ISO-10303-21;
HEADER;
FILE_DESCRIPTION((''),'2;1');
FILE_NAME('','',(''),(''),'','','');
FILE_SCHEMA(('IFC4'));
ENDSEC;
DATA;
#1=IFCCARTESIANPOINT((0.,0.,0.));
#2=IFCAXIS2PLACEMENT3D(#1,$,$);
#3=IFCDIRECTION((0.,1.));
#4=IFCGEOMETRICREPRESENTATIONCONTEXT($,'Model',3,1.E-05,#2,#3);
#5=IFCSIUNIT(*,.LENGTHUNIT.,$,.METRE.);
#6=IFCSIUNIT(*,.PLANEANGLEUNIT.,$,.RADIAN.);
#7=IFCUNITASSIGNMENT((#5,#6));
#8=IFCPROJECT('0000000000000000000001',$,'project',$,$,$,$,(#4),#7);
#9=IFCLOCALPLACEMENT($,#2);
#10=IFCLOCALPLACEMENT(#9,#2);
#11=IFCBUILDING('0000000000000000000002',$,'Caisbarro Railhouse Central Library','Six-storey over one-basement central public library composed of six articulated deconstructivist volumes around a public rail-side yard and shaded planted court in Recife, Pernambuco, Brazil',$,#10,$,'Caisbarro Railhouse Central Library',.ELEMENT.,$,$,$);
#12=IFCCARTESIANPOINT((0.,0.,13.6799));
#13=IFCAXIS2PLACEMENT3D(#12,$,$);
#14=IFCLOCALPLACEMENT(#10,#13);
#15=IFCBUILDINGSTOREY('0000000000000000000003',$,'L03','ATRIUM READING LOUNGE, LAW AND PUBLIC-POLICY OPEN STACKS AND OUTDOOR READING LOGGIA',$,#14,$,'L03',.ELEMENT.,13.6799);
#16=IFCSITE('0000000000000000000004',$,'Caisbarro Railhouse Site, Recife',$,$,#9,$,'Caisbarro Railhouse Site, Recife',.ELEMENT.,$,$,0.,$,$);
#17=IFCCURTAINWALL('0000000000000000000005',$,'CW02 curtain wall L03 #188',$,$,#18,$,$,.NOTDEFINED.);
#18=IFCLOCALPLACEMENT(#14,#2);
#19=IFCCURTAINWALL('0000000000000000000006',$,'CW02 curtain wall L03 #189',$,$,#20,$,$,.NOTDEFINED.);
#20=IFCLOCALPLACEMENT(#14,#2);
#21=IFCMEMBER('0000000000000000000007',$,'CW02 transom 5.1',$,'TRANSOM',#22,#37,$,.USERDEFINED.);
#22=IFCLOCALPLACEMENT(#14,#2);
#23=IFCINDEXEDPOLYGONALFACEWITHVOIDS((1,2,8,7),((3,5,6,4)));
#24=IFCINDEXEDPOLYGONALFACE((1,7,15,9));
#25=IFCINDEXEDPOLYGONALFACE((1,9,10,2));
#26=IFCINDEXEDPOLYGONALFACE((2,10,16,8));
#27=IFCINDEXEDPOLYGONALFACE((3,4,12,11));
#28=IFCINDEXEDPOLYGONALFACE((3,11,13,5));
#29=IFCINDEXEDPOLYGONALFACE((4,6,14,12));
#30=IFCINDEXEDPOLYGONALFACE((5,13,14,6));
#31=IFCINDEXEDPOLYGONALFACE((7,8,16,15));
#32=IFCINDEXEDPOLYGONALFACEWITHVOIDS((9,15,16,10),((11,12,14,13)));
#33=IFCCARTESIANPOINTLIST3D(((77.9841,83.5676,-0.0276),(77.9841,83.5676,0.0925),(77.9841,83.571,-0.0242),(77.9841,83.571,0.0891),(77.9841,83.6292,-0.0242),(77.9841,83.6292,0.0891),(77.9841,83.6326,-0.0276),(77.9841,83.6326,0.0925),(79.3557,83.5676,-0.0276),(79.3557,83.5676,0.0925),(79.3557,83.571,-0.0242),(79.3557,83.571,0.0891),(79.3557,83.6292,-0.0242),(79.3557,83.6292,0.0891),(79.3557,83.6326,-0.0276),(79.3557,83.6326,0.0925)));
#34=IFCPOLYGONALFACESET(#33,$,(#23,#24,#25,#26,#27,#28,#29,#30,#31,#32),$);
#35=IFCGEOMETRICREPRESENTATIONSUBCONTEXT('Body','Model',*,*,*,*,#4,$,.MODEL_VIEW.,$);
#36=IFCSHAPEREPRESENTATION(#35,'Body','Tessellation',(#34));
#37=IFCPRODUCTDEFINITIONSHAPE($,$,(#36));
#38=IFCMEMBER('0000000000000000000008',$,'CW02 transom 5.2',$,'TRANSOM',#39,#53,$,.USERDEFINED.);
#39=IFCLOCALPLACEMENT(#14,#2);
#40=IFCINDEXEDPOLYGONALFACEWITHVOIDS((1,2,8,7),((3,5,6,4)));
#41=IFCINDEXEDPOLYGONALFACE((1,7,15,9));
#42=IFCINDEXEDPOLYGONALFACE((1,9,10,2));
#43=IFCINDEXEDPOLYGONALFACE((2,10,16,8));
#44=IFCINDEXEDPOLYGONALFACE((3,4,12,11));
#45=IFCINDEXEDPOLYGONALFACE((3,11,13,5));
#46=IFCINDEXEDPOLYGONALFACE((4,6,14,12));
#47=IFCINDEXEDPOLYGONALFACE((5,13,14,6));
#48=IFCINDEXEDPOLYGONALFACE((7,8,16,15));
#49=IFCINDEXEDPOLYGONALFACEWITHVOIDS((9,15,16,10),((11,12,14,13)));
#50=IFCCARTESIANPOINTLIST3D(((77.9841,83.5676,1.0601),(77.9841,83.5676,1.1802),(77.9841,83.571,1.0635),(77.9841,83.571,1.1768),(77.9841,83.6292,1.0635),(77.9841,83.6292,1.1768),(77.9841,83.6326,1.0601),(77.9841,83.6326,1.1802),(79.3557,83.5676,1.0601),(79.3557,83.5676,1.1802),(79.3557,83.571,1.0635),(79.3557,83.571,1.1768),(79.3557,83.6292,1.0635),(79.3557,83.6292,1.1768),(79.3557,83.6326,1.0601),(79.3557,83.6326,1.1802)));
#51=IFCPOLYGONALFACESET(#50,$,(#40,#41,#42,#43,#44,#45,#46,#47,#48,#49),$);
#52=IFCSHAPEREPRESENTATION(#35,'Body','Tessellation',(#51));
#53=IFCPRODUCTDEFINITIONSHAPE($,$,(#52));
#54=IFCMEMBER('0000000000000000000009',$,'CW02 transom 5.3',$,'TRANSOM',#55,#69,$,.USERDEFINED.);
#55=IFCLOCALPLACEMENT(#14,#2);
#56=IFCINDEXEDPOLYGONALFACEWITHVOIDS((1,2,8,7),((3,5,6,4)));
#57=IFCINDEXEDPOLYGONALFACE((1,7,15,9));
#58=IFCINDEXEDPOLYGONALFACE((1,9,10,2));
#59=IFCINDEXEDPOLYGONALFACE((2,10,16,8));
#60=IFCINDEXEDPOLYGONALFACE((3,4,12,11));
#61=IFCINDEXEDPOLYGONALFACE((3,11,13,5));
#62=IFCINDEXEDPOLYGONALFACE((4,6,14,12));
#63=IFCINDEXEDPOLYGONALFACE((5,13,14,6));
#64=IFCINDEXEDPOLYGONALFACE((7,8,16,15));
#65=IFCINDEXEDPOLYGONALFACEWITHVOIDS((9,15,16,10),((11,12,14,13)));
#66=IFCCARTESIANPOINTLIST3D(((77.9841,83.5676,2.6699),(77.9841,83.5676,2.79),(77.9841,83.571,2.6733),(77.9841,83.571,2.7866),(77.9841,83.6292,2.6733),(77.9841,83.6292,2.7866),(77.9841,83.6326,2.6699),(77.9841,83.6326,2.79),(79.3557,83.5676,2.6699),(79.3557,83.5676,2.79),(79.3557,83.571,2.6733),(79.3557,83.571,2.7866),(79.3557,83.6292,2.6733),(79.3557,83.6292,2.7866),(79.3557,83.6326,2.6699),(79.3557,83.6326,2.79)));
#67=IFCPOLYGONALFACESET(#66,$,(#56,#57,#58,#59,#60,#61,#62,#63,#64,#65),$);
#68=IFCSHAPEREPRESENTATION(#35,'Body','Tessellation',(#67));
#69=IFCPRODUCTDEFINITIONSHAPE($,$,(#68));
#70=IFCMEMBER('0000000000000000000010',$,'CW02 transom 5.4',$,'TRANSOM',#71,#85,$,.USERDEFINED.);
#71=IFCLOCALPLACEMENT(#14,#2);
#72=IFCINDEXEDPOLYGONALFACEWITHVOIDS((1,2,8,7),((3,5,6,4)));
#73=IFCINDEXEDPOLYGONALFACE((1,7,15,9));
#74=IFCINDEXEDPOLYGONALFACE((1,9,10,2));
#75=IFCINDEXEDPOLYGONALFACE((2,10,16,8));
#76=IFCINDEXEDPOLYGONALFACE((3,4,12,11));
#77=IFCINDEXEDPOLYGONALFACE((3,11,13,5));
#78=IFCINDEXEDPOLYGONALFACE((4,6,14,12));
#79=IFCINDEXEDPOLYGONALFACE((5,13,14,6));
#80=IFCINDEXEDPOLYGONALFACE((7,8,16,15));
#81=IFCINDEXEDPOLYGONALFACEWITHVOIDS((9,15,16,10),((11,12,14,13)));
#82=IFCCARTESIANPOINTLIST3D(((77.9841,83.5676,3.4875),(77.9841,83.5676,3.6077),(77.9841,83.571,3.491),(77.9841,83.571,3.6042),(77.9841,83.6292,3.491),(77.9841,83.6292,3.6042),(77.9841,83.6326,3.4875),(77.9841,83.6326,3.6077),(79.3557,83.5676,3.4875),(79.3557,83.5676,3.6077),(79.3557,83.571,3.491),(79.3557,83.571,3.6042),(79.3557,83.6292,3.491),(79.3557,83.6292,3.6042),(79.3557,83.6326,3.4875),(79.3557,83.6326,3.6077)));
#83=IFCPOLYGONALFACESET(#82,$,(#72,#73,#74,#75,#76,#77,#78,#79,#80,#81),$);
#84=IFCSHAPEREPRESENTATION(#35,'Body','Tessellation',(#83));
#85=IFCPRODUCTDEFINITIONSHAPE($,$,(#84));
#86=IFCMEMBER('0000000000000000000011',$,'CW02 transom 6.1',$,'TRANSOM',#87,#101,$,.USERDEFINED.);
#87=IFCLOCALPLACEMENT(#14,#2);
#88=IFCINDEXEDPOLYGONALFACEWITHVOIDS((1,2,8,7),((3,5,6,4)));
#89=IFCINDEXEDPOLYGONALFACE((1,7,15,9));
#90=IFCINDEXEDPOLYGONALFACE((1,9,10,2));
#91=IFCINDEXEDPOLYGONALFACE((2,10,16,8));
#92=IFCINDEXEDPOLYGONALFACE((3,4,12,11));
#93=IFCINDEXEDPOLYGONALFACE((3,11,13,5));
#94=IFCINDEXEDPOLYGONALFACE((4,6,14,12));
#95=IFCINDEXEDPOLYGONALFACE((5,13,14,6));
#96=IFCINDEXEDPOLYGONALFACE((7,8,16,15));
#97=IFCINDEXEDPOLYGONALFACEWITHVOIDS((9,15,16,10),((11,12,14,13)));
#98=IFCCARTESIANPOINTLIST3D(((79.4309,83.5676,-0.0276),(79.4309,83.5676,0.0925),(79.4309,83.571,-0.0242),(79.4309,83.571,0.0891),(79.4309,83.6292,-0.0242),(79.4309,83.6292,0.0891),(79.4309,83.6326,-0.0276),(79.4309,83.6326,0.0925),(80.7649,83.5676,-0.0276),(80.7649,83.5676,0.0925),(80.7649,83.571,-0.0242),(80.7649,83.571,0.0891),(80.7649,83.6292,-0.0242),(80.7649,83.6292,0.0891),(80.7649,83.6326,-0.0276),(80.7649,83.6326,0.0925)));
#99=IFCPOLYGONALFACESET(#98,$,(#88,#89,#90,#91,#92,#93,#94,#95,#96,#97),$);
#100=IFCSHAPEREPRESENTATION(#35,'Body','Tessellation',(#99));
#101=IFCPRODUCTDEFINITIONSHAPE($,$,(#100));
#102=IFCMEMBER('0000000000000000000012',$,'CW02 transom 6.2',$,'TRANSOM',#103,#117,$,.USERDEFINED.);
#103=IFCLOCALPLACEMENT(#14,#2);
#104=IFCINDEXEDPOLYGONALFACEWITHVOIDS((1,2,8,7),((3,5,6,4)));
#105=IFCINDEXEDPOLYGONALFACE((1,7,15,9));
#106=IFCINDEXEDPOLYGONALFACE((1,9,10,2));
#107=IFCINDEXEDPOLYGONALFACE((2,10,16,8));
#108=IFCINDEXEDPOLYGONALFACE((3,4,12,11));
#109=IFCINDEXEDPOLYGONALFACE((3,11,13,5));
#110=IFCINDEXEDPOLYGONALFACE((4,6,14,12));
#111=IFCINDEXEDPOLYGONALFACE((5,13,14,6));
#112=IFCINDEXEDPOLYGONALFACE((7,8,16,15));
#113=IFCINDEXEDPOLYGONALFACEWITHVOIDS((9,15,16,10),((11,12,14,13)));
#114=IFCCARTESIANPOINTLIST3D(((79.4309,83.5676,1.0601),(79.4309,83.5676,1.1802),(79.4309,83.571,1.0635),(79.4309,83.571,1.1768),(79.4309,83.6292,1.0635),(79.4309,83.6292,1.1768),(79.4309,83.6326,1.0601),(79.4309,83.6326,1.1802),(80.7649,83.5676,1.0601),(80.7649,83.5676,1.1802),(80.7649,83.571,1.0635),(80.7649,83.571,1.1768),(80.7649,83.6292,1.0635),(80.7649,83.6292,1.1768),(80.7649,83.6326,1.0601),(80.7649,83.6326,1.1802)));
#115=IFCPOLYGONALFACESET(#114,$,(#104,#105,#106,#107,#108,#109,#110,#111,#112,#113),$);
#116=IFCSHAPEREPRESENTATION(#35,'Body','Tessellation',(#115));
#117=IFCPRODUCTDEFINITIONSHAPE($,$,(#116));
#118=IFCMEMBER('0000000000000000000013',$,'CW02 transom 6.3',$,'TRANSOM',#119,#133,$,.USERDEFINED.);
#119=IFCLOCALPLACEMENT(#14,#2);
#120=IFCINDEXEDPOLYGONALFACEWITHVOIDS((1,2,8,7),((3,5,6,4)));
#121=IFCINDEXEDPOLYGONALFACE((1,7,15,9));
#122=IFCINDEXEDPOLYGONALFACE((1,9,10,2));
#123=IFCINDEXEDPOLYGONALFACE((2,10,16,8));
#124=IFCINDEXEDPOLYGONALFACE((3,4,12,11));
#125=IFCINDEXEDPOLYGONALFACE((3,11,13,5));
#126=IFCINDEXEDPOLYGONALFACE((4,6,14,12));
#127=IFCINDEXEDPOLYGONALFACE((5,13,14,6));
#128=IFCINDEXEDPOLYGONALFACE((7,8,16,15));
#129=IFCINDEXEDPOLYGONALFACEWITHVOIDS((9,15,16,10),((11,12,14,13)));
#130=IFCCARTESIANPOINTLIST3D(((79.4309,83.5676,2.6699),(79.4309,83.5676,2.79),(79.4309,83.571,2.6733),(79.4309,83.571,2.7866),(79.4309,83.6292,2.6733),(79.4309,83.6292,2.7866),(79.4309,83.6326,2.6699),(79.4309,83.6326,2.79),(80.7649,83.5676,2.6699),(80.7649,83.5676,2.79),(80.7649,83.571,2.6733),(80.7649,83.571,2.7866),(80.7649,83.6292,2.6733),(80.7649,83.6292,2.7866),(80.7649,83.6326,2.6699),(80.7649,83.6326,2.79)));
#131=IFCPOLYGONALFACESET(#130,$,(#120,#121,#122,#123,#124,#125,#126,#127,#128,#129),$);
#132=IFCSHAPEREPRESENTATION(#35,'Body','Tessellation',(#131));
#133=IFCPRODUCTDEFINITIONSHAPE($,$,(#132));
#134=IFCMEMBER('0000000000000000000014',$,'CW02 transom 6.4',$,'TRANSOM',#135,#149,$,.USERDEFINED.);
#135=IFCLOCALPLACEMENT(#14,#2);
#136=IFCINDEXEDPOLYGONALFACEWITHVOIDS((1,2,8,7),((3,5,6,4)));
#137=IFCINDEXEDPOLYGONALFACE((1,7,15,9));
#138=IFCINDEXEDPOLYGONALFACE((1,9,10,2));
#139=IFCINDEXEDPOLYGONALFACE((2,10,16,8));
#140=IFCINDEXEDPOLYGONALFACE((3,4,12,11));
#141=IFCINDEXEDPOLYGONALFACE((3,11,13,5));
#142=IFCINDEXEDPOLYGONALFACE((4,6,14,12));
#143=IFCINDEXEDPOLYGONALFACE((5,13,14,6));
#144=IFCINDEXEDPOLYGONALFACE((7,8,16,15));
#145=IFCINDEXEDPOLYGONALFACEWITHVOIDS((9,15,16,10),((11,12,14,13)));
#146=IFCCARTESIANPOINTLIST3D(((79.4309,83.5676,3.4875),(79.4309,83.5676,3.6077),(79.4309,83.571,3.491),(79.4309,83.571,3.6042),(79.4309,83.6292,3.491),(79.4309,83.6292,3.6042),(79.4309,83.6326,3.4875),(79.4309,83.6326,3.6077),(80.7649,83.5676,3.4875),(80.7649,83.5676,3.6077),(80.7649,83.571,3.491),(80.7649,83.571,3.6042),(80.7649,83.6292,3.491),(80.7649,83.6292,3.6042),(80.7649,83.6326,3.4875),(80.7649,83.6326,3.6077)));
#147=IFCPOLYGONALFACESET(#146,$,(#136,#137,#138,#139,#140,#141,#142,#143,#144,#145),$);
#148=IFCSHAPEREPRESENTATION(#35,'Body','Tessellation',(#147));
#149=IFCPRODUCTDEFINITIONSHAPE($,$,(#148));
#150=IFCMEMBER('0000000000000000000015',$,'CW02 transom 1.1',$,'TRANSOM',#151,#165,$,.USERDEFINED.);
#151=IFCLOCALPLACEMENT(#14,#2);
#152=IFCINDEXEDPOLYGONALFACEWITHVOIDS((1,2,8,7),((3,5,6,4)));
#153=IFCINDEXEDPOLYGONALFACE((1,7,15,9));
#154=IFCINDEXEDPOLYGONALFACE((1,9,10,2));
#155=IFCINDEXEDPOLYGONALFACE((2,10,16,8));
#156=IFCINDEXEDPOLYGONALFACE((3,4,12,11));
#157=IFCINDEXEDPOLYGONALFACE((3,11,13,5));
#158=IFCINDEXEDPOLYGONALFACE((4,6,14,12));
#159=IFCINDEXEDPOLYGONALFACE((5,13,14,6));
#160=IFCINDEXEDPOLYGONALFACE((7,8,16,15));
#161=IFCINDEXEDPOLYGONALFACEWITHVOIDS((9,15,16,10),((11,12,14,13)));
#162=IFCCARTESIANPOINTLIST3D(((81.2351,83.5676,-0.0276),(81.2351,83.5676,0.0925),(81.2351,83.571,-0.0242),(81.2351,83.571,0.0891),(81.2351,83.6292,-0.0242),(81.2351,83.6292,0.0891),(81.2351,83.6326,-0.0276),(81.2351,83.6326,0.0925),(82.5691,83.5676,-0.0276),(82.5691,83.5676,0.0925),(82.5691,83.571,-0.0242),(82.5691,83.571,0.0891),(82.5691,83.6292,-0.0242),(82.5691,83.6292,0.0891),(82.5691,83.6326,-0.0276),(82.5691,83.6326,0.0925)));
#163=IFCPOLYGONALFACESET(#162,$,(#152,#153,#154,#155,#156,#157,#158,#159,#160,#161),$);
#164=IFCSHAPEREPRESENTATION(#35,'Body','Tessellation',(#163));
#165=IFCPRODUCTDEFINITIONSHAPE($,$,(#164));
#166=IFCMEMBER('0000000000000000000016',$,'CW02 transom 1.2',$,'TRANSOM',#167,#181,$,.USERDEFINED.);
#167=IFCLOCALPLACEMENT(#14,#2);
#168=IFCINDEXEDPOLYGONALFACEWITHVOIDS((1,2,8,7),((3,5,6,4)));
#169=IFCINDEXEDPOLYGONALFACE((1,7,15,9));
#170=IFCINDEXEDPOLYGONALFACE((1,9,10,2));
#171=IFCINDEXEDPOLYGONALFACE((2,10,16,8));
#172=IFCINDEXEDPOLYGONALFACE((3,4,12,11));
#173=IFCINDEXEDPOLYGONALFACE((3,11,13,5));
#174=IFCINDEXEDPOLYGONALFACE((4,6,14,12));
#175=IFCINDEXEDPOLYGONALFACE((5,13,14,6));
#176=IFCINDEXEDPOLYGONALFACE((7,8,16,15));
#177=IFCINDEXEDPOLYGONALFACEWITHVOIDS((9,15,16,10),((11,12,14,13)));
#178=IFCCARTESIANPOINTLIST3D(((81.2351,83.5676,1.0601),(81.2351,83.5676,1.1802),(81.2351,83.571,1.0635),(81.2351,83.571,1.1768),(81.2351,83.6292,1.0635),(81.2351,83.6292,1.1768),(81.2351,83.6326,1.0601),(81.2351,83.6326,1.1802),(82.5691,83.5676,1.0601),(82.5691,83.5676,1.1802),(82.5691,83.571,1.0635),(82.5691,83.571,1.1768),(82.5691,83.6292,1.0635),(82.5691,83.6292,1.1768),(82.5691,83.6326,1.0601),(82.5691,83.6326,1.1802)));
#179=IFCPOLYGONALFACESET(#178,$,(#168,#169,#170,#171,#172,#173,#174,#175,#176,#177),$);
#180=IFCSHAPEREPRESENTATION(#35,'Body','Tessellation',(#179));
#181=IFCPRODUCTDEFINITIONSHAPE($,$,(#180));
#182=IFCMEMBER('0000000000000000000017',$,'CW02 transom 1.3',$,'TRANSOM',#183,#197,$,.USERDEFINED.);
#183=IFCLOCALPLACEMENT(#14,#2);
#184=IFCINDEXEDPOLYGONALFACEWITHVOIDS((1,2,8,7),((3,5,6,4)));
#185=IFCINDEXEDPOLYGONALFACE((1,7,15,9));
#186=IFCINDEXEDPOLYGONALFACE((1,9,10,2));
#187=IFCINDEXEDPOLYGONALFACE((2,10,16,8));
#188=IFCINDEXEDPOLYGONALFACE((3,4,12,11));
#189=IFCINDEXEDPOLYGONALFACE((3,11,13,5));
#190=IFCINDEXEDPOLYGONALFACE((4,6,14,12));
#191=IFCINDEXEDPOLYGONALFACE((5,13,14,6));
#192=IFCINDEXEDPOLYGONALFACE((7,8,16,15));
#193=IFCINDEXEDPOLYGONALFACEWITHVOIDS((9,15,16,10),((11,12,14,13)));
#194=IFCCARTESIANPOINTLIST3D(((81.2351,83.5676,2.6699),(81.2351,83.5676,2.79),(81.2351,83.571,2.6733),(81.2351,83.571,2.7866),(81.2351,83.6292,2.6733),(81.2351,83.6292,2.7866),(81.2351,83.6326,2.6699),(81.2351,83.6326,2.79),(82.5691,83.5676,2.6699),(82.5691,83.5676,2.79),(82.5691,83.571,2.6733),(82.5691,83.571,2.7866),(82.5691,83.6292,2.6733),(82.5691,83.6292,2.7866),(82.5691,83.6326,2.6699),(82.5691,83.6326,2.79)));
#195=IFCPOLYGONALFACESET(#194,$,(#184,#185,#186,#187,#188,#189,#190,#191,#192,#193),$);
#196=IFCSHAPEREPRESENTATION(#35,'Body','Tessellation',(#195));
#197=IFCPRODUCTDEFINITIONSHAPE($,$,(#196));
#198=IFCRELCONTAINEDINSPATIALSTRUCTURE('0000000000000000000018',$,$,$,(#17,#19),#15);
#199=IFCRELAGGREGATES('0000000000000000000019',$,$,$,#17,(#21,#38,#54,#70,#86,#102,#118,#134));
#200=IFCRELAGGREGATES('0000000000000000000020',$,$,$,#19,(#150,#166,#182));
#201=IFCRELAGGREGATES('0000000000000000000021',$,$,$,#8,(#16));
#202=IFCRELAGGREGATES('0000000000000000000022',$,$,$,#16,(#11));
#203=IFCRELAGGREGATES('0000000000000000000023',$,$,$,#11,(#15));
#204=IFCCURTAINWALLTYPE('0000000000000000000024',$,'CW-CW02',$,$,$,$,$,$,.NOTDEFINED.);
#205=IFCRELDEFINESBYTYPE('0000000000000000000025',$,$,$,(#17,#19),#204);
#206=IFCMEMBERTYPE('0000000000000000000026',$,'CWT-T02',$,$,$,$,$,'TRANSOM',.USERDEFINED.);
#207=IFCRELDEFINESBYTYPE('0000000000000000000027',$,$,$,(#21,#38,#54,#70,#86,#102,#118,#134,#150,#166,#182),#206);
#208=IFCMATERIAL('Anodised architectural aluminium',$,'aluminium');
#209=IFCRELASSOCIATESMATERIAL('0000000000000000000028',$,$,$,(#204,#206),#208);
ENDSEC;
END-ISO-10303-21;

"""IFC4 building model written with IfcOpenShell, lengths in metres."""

from ifc_helpers import new_model, si_unit, direction, frame, origin, origin_2d, place, context, subcontext, project, spatial, hollow_rectangle, extrude, material, material_profile, profile_set, type_object, element, aggregate, save


model = new_model("IFC4")

# Units and contexts
model_context = context("Model", 3, precision=1e-05, world=origin(), true_north=direction((0.0, 1.0)))
body_context = subcontext(model_context, "Body", "Model", "MODEL_VIEW")
ifc_project = project(units=[si_unit("LENGTHUNIT", "METRE"), si_unit("PLANEANGLEUNIT", "RADIAN")], contexts=[model_context])

# Site, building, storey
site_placement = place(None, origin())
site = spatial("IfcSite", under=ifc_project, at=site_placement, Name="Caisbarro Railhouse Site, Recife", LongName="Caisbarro Railhouse Site, Recife", CompositionType="ELEMENT", RefElevation=0.0)
building_placement = place(site_placement, origin())
building = spatial("IfcBuilding", under=site, at=building_placement, Name="Caisbarro Railhouse Central Library", Description="Six-storey over one-basement central public library composed of six articulated deconstructivist volumes around a public rail-side yard and shaded planted court in Recife, Pernambuco, Brazil", LongName="Caisbarro Railhouse Central Library", CompositionType="ELEMENT")
storey_placement = place(building_placement, frame((0.0, 0.0, 13.6799)))
storey = spatial("IfcBuildingStorey", under=building, at=storey_placement, Name="L03", Description="ATRIUM READING LOUNGE, LAW AND PUBLIC-POLICY OPEN STACKS AND OUTDOOR READING LOGGIA", LongName="L03", CompositionType="ELEMENT", Elevation=13.6799)

# Curtain walls
ifc_material_1 = material(Name="Anodised architectural aluminium", Category="aluminium")
curtain_wall_type = type_object("IfcCurtainWallType", Name="CW-CW02", PredefinedType="NOTDEFINED", material=ifc_material_1)
curtain_wall_1_placement = place(storey_placement, origin())
curtain_wall_1 = element("IfcCurtainWall", 1, at=curtain_wall_1_placement, inside=storey, type_object=curtain_wall_type, Name="CW02 curtain wall L03 #188", PredefinedType="NOTDEFINED")
curtain_wall_2_placement = place(storey_placement, origin())
curtain_wall_2 = element("IfcCurtainWall", 2, at=curtain_wall_2_placement, inside=storey, type_object=curtain_wall_type, Name="CW02 curtain wall L03 #189", PredefinedType="NOTDEFINED")

# Members
ifc_material_profile_1 = material_profile(ifc_material_1, hollow_rectangle(XDim=0.0649, YDim=0.1201, WallThickness=0.0034, at=origin_2d()), Name="ALU-TRN-65X120")
ifc_profile_set_1 = profile_set([ifc_material_profile_1], Name="Anodised architectural aluminium")
member_type_1 = type_object("IfcMemberType", Name="CWT-T02", ElementType="TRANSOM", PredefinedType="USERDEFINED", material=ifc_profile_set_1)
member_1_placement = place(storey_placement, frame((77.9841, 83.6001, 0.0325), z_axis=(1.0, 0.0, 0.0), x_axis=(0.0, 1.0, 0.0)))
member_1 = element("IfcMember", 3, at=member_1_placement, type_object=member_type_1, Name="CW02 transom 5.1", ObjectType="TRANSOM", PredefinedType="USERDEFINED", context=body_context, shape_type="SweptSolid", body=[
    extrude(hollow_rectangle(XDim=0.0649, YDim=0.1201, WallThickness=0.0034, at=origin_2d()), origin(), (0.0, 0.0, 1.0), 1.3716),
])
member_2_placement = place(storey_placement, frame((77.9841, 83.6001, 1.1201), z_axis=(1.0, 0.0, 0.0), x_axis=(0.0, 1.0, 0.0)))
member_2 = element("IfcMember", 4, at=member_2_placement, type_object=member_type_1, Name="CW02 transom 5.2", ObjectType="TRANSOM", PredefinedType="USERDEFINED", context=body_context, shape_type="SweptSolid", body=[
    extrude(hollow_rectangle(XDim=0.0649, YDim=0.1201, WallThickness=0.0034, at=origin_2d()), origin(), (0.0, 0.0, 1.0), 1.3716),
])
member_3_placement = place(storey_placement, frame((77.9841, 83.6001, 2.73), z_axis=(1.0, 0.0, 0.0), x_axis=(0.0, 1.0, 0.0)))
member_3 = element("IfcMember", 5, at=member_3_placement, type_object=member_type_1, Name="CW02 transom 5.3", ObjectType="TRANSOM", PredefinedType="USERDEFINED", context=body_context, shape_type="SweptSolid", body=[
    extrude(hollow_rectangle(XDim=0.0649, YDim=0.1201, WallThickness=0.0034, at=origin_2d()), origin(), (0.0, 0.0, 1.0), 1.3716),
])
member_4_placement = place(storey_placement, frame((77.9841, 83.6001, 3.5476), z_axis=(1.0, 0.0, 0.0), x_axis=(0.0, 1.0, 0.0)))
member_4 = element("IfcMember", 6, at=member_4_placement, type_object=member_type_1, Name="CW02 transom 5.4", ObjectType="TRANSOM", PredefinedType="USERDEFINED", context=body_context, shape_type="SweptSolid", body=[
    extrude(hollow_rectangle(XDim=0.0649, YDim=0.1201, WallThickness=0.0034, at=origin_2d()), origin(), (0.0, 0.0, 1.0), 1.3716),
])
member_5_placement = place(storey_placement, frame((79.4309, 83.6001, 0.0325), z_axis=(1.0, 0.0, 0.0), x_axis=(0.0, 1.0, 0.0)))
member_5 = element("IfcMember", 7, at=member_5_placement, type_object=member_type_1, Name="CW02 transom 6.1", ObjectType="TRANSOM", PredefinedType="USERDEFINED", context=body_context, shape_type="SweptSolid", body=[
    extrude(hollow_rectangle(XDim=0.0649, YDim=0.1201, WallThickness=0.0034, at=origin_2d()), origin(), (0.0, 0.0, 1.0), 1.334),
])
member_6_placement = place(storey_placement, frame((79.4309, 83.6001, 1.1201), z_axis=(1.0, 0.0, 0.0), x_axis=(0.0, 1.0, 0.0)))
member_6 = element("IfcMember", 8, at=member_6_placement, type_object=member_type_1, Name="CW02 transom 6.2", ObjectType="TRANSOM", PredefinedType="USERDEFINED", context=body_context, shape_type="SweptSolid", body=[
    extrude(hollow_rectangle(XDim=0.0649, YDim=0.1201, WallThickness=0.0034, at=origin_2d()), origin(), (0.0, 0.0, 1.0), 1.334),
])
member_7_placement = place(storey_placement, frame((79.4309, 83.6001, 2.73), z_axis=(1.0, 0.0, 0.0), x_axis=(0.0, 1.0, 0.0)))
member_7 = element("IfcMember", 9, at=member_7_placement, type_object=member_type_1, Name="CW02 transom 6.3", ObjectType="TRANSOM", PredefinedType="USERDEFINED", context=body_context, shape_type="SweptSolid", body=[
    extrude(hollow_rectangle(XDim=0.0649, YDim=0.1201, WallThickness=0.0034, at=origin_2d()), origin(), (0.0, 0.0, 1.0), 1.334),
])
member_8_placement = place(storey_placement, frame((79.4309, 83.6001, 3.5476), z_axis=(1.0, 0.0, 0.0), x_axis=(0.0, 1.0, 0.0)))
member_8 = element("IfcMember", 10, at=member_8_placement, type_object=member_type_1, Name="CW02 transom 6.4", ObjectType="TRANSOM", PredefinedType="USERDEFINED", context=body_context, shape_type="SweptSolid", body=[
    extrude(hollow_rectangle(XDim=0.0649, YDim=0.1201, WallThickness=0.0034, at=origin_2d()), origin(), (0.0, 0.0, 1.0), 1.334),
])
member_9_placement = place(storey_placement, frame((81.2351, 83.6001, 0.0325), z_axis=(1.0, 0.0, 0.0), x_axis=(0.0, 1.0, 0.0)))
member_9 = element("IfcMember", 11, at=member_9_placement, type_object=member_type_1, Name="CW02 transom 1.1", ObjectType="TRANSOM", PredefinedType="USERDEFINED", context=body_context, shape_type="SweptSolid", body=[
    extrude(hollow_rectangle(XDim=0.0649, YDim=0.1201, WallThickness=0.0034, at=origin_2d()), origin(), (0.0, 0.0, 1.0), 1.334),
])
member_10_placement = place(storey_placement, frame((81.2351, 83.6001, 1.1201), z_axis=(1.0, 0.0, 0.0), x_axis=(0.0, 1.0, 0.0)))
member_10 = element("IfcMember", 12, at=member_10_placement, type_object=member_type_1, Name="CW02 transom 1.2", ObjectType="TRANSOM", PredefinedType="USERDEFINED", context=body_context, shape_type="SweptSolid", body=[
    extrude(hollow_rectangle(XDim=0.0649, YDim=0.1201, WallThickness=0.0034, at=origin_2d()), origin(), (0.0, 0.0, 1.0), 1.334),
])
member_11_placement = place(storey_placement, frame((81.2351, 83.6001, 2.73), z_axis=(1.0, 0.0, 0.0), x_axis=(0.0, 1.0, 0.0)))
member_11 = element("IfcMember", 13, at=member_11_placement, type_object=member_type_1, Name="CW02 transom 1.3", ObjectType="TRANSOM", PredefinedType="USERDEFINED", context=body_context, shape_type="SweptSolid", body=[
    extrude(hollow_rectangle(XDim=0.0649, YDim=0.1201, WallThickness=0.0034, at=origin_2d()), origin(), (0.0, 0.0, 1.0), 1.334),
])

aggregate(curtain_wall_1, [member_1, member_2, member_3, member_4, member_5, member_6, member_7, member_8])
aggregate(curtain_wall_2, [member_9, member_10, member_11])

save(model, "model.ifc")
